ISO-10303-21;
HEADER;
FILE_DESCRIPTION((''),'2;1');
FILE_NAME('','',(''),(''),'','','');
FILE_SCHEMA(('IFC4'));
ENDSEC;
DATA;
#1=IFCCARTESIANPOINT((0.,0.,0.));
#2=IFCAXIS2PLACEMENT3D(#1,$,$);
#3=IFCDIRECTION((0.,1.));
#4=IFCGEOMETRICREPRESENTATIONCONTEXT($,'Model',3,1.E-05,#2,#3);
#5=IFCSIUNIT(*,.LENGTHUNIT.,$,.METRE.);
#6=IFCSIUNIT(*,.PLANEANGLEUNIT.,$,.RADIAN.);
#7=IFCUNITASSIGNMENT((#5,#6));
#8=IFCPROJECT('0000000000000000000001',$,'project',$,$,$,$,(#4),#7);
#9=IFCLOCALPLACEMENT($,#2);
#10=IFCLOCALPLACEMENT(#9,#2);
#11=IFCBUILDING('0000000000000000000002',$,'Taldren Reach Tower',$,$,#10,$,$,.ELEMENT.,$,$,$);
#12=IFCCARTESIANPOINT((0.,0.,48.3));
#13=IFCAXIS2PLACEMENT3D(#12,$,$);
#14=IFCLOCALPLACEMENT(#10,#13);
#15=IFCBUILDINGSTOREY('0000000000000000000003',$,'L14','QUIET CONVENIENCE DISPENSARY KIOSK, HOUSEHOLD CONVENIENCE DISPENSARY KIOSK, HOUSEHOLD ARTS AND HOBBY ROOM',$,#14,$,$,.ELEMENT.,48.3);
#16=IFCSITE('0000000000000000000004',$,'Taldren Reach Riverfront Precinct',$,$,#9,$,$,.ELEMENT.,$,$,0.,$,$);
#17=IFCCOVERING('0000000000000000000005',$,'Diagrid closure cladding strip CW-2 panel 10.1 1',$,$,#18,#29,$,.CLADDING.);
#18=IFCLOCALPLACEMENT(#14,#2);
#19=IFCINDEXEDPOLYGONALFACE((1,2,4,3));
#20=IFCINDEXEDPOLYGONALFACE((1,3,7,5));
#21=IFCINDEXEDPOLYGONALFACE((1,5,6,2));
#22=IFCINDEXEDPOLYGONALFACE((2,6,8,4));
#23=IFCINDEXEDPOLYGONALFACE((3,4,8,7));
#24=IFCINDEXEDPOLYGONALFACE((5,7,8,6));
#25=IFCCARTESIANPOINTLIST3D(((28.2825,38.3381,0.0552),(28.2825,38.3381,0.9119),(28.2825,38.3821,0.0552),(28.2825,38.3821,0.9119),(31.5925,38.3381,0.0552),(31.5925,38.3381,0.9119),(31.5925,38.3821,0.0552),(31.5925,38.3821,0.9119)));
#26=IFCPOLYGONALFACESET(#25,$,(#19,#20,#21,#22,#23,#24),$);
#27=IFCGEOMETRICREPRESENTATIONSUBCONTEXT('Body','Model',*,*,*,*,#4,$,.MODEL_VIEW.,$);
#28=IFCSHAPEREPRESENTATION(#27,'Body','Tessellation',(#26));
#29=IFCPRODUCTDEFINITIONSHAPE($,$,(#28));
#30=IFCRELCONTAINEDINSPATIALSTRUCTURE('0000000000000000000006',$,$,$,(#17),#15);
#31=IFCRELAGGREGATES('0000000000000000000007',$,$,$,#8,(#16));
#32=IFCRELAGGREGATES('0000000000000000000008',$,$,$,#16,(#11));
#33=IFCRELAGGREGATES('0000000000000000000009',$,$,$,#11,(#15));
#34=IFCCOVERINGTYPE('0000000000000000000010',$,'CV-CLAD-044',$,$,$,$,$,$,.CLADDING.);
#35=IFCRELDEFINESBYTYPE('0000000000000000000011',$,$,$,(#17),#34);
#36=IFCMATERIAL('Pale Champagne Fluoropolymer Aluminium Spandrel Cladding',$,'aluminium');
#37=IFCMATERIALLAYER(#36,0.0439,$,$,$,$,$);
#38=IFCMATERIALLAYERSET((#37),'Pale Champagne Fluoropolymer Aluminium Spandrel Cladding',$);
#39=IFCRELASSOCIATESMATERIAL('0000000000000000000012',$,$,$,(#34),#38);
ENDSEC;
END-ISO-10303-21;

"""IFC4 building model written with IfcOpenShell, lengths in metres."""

from ifc_helpers import new_model, si_unit, direction, frame, origin, origin_2d, place, context, subcontext, project, spatial, rectangle, extrude, source, transform, mapped, material, layer, layer_set, type_object, element, save


model = new_model("IFC4")

# Units and contexts
model_context = context("Model", 3, precision=1e-05, world=origin(), true_north=direction((0.0, 1.0)))
body_context = subcontext(model_context, "Body", "Model", "MODEL_VIEW")
ifc_project = project(units=[si_unit("LENGTHUNIT", "METRE"), si_unit("PLANEANGLEUNIT", "RADIAN")], contexts=[model_context])

# Site, building, storey
site_placement = place(None, origin())
site = spatial("IfcSite", under=ifc_project, at=site_placement, Name="Taldren Reach Riverfront Precinct", CompositionType="ELEMENT", RefElevation=0.0)
building_placement = place(site_placement, origin())
building = spatial("IfcBuilding", under=site, at=building_placement, Name="Taldren Reach Tower", CompositionType="ELEMENT")
storey_placement = place(building_placement, frame((0.0, 0.0, 48.3)))
storey = spatial("IfcBuildingStorey", under=building, at=storey_placement, Name="L14", Description="QUIET CONVENIENCE DISPENSARY KIOSK, HOUSEHOLD CONVENIENCE DISPENSARY KIOSK, HOUSEHOLD ARTS AND HOBBY ROOM", CompositionType="ELEMENT", Elevation=48.3)

# Covering
ifc_material_1 = material(Name="Pale Champagne Fluoropolymer Aluminium Spandrel Cladding", Category="aluminium")
ifc_layer_1 = layer(ifc_material_1, 0.0439)
ifc_layer_set_1 = layer_set([ifc_layer_1], Name="Pale Champagne Fluoropolymer Aluminium Spandrel Cladding")
covering_type = type_object("IfcCoveringType", Name="CV-CLAD-044", PredefinedType="CLADDING", material=ifc_layer_set_1)
shared_shape_1 = source(origin(), body_context, "Body", "SweptSolid", [
    extrude(rectangle(XDim=3.3101, YDim=0.0439, at=origin_2d()), origin(), (0.0, 0.0, 1.0), 0.8567),
])
covering_1_placement = place(storey_placement, frame((29.9375, 38.3601, 0.0552), z_axis=(0.0, 0.0, 1.0), x_axis=(-1.0, 0.0, 0.0)))
element("IfcCovering", 1, at=covering_1_placement, inside=storey, type_object=covering_type, Name="Diagrid closure cladding strip CW-2 panel 10.1 1", PredefinedType="CLADDING", context=body_context, shape_type="MappedRepresentation", body=[
    mapped(shared_shape_1, transform((0.0, 0.0, 0.0), scale=1.0)),
])

save(model, "model.ifc")
